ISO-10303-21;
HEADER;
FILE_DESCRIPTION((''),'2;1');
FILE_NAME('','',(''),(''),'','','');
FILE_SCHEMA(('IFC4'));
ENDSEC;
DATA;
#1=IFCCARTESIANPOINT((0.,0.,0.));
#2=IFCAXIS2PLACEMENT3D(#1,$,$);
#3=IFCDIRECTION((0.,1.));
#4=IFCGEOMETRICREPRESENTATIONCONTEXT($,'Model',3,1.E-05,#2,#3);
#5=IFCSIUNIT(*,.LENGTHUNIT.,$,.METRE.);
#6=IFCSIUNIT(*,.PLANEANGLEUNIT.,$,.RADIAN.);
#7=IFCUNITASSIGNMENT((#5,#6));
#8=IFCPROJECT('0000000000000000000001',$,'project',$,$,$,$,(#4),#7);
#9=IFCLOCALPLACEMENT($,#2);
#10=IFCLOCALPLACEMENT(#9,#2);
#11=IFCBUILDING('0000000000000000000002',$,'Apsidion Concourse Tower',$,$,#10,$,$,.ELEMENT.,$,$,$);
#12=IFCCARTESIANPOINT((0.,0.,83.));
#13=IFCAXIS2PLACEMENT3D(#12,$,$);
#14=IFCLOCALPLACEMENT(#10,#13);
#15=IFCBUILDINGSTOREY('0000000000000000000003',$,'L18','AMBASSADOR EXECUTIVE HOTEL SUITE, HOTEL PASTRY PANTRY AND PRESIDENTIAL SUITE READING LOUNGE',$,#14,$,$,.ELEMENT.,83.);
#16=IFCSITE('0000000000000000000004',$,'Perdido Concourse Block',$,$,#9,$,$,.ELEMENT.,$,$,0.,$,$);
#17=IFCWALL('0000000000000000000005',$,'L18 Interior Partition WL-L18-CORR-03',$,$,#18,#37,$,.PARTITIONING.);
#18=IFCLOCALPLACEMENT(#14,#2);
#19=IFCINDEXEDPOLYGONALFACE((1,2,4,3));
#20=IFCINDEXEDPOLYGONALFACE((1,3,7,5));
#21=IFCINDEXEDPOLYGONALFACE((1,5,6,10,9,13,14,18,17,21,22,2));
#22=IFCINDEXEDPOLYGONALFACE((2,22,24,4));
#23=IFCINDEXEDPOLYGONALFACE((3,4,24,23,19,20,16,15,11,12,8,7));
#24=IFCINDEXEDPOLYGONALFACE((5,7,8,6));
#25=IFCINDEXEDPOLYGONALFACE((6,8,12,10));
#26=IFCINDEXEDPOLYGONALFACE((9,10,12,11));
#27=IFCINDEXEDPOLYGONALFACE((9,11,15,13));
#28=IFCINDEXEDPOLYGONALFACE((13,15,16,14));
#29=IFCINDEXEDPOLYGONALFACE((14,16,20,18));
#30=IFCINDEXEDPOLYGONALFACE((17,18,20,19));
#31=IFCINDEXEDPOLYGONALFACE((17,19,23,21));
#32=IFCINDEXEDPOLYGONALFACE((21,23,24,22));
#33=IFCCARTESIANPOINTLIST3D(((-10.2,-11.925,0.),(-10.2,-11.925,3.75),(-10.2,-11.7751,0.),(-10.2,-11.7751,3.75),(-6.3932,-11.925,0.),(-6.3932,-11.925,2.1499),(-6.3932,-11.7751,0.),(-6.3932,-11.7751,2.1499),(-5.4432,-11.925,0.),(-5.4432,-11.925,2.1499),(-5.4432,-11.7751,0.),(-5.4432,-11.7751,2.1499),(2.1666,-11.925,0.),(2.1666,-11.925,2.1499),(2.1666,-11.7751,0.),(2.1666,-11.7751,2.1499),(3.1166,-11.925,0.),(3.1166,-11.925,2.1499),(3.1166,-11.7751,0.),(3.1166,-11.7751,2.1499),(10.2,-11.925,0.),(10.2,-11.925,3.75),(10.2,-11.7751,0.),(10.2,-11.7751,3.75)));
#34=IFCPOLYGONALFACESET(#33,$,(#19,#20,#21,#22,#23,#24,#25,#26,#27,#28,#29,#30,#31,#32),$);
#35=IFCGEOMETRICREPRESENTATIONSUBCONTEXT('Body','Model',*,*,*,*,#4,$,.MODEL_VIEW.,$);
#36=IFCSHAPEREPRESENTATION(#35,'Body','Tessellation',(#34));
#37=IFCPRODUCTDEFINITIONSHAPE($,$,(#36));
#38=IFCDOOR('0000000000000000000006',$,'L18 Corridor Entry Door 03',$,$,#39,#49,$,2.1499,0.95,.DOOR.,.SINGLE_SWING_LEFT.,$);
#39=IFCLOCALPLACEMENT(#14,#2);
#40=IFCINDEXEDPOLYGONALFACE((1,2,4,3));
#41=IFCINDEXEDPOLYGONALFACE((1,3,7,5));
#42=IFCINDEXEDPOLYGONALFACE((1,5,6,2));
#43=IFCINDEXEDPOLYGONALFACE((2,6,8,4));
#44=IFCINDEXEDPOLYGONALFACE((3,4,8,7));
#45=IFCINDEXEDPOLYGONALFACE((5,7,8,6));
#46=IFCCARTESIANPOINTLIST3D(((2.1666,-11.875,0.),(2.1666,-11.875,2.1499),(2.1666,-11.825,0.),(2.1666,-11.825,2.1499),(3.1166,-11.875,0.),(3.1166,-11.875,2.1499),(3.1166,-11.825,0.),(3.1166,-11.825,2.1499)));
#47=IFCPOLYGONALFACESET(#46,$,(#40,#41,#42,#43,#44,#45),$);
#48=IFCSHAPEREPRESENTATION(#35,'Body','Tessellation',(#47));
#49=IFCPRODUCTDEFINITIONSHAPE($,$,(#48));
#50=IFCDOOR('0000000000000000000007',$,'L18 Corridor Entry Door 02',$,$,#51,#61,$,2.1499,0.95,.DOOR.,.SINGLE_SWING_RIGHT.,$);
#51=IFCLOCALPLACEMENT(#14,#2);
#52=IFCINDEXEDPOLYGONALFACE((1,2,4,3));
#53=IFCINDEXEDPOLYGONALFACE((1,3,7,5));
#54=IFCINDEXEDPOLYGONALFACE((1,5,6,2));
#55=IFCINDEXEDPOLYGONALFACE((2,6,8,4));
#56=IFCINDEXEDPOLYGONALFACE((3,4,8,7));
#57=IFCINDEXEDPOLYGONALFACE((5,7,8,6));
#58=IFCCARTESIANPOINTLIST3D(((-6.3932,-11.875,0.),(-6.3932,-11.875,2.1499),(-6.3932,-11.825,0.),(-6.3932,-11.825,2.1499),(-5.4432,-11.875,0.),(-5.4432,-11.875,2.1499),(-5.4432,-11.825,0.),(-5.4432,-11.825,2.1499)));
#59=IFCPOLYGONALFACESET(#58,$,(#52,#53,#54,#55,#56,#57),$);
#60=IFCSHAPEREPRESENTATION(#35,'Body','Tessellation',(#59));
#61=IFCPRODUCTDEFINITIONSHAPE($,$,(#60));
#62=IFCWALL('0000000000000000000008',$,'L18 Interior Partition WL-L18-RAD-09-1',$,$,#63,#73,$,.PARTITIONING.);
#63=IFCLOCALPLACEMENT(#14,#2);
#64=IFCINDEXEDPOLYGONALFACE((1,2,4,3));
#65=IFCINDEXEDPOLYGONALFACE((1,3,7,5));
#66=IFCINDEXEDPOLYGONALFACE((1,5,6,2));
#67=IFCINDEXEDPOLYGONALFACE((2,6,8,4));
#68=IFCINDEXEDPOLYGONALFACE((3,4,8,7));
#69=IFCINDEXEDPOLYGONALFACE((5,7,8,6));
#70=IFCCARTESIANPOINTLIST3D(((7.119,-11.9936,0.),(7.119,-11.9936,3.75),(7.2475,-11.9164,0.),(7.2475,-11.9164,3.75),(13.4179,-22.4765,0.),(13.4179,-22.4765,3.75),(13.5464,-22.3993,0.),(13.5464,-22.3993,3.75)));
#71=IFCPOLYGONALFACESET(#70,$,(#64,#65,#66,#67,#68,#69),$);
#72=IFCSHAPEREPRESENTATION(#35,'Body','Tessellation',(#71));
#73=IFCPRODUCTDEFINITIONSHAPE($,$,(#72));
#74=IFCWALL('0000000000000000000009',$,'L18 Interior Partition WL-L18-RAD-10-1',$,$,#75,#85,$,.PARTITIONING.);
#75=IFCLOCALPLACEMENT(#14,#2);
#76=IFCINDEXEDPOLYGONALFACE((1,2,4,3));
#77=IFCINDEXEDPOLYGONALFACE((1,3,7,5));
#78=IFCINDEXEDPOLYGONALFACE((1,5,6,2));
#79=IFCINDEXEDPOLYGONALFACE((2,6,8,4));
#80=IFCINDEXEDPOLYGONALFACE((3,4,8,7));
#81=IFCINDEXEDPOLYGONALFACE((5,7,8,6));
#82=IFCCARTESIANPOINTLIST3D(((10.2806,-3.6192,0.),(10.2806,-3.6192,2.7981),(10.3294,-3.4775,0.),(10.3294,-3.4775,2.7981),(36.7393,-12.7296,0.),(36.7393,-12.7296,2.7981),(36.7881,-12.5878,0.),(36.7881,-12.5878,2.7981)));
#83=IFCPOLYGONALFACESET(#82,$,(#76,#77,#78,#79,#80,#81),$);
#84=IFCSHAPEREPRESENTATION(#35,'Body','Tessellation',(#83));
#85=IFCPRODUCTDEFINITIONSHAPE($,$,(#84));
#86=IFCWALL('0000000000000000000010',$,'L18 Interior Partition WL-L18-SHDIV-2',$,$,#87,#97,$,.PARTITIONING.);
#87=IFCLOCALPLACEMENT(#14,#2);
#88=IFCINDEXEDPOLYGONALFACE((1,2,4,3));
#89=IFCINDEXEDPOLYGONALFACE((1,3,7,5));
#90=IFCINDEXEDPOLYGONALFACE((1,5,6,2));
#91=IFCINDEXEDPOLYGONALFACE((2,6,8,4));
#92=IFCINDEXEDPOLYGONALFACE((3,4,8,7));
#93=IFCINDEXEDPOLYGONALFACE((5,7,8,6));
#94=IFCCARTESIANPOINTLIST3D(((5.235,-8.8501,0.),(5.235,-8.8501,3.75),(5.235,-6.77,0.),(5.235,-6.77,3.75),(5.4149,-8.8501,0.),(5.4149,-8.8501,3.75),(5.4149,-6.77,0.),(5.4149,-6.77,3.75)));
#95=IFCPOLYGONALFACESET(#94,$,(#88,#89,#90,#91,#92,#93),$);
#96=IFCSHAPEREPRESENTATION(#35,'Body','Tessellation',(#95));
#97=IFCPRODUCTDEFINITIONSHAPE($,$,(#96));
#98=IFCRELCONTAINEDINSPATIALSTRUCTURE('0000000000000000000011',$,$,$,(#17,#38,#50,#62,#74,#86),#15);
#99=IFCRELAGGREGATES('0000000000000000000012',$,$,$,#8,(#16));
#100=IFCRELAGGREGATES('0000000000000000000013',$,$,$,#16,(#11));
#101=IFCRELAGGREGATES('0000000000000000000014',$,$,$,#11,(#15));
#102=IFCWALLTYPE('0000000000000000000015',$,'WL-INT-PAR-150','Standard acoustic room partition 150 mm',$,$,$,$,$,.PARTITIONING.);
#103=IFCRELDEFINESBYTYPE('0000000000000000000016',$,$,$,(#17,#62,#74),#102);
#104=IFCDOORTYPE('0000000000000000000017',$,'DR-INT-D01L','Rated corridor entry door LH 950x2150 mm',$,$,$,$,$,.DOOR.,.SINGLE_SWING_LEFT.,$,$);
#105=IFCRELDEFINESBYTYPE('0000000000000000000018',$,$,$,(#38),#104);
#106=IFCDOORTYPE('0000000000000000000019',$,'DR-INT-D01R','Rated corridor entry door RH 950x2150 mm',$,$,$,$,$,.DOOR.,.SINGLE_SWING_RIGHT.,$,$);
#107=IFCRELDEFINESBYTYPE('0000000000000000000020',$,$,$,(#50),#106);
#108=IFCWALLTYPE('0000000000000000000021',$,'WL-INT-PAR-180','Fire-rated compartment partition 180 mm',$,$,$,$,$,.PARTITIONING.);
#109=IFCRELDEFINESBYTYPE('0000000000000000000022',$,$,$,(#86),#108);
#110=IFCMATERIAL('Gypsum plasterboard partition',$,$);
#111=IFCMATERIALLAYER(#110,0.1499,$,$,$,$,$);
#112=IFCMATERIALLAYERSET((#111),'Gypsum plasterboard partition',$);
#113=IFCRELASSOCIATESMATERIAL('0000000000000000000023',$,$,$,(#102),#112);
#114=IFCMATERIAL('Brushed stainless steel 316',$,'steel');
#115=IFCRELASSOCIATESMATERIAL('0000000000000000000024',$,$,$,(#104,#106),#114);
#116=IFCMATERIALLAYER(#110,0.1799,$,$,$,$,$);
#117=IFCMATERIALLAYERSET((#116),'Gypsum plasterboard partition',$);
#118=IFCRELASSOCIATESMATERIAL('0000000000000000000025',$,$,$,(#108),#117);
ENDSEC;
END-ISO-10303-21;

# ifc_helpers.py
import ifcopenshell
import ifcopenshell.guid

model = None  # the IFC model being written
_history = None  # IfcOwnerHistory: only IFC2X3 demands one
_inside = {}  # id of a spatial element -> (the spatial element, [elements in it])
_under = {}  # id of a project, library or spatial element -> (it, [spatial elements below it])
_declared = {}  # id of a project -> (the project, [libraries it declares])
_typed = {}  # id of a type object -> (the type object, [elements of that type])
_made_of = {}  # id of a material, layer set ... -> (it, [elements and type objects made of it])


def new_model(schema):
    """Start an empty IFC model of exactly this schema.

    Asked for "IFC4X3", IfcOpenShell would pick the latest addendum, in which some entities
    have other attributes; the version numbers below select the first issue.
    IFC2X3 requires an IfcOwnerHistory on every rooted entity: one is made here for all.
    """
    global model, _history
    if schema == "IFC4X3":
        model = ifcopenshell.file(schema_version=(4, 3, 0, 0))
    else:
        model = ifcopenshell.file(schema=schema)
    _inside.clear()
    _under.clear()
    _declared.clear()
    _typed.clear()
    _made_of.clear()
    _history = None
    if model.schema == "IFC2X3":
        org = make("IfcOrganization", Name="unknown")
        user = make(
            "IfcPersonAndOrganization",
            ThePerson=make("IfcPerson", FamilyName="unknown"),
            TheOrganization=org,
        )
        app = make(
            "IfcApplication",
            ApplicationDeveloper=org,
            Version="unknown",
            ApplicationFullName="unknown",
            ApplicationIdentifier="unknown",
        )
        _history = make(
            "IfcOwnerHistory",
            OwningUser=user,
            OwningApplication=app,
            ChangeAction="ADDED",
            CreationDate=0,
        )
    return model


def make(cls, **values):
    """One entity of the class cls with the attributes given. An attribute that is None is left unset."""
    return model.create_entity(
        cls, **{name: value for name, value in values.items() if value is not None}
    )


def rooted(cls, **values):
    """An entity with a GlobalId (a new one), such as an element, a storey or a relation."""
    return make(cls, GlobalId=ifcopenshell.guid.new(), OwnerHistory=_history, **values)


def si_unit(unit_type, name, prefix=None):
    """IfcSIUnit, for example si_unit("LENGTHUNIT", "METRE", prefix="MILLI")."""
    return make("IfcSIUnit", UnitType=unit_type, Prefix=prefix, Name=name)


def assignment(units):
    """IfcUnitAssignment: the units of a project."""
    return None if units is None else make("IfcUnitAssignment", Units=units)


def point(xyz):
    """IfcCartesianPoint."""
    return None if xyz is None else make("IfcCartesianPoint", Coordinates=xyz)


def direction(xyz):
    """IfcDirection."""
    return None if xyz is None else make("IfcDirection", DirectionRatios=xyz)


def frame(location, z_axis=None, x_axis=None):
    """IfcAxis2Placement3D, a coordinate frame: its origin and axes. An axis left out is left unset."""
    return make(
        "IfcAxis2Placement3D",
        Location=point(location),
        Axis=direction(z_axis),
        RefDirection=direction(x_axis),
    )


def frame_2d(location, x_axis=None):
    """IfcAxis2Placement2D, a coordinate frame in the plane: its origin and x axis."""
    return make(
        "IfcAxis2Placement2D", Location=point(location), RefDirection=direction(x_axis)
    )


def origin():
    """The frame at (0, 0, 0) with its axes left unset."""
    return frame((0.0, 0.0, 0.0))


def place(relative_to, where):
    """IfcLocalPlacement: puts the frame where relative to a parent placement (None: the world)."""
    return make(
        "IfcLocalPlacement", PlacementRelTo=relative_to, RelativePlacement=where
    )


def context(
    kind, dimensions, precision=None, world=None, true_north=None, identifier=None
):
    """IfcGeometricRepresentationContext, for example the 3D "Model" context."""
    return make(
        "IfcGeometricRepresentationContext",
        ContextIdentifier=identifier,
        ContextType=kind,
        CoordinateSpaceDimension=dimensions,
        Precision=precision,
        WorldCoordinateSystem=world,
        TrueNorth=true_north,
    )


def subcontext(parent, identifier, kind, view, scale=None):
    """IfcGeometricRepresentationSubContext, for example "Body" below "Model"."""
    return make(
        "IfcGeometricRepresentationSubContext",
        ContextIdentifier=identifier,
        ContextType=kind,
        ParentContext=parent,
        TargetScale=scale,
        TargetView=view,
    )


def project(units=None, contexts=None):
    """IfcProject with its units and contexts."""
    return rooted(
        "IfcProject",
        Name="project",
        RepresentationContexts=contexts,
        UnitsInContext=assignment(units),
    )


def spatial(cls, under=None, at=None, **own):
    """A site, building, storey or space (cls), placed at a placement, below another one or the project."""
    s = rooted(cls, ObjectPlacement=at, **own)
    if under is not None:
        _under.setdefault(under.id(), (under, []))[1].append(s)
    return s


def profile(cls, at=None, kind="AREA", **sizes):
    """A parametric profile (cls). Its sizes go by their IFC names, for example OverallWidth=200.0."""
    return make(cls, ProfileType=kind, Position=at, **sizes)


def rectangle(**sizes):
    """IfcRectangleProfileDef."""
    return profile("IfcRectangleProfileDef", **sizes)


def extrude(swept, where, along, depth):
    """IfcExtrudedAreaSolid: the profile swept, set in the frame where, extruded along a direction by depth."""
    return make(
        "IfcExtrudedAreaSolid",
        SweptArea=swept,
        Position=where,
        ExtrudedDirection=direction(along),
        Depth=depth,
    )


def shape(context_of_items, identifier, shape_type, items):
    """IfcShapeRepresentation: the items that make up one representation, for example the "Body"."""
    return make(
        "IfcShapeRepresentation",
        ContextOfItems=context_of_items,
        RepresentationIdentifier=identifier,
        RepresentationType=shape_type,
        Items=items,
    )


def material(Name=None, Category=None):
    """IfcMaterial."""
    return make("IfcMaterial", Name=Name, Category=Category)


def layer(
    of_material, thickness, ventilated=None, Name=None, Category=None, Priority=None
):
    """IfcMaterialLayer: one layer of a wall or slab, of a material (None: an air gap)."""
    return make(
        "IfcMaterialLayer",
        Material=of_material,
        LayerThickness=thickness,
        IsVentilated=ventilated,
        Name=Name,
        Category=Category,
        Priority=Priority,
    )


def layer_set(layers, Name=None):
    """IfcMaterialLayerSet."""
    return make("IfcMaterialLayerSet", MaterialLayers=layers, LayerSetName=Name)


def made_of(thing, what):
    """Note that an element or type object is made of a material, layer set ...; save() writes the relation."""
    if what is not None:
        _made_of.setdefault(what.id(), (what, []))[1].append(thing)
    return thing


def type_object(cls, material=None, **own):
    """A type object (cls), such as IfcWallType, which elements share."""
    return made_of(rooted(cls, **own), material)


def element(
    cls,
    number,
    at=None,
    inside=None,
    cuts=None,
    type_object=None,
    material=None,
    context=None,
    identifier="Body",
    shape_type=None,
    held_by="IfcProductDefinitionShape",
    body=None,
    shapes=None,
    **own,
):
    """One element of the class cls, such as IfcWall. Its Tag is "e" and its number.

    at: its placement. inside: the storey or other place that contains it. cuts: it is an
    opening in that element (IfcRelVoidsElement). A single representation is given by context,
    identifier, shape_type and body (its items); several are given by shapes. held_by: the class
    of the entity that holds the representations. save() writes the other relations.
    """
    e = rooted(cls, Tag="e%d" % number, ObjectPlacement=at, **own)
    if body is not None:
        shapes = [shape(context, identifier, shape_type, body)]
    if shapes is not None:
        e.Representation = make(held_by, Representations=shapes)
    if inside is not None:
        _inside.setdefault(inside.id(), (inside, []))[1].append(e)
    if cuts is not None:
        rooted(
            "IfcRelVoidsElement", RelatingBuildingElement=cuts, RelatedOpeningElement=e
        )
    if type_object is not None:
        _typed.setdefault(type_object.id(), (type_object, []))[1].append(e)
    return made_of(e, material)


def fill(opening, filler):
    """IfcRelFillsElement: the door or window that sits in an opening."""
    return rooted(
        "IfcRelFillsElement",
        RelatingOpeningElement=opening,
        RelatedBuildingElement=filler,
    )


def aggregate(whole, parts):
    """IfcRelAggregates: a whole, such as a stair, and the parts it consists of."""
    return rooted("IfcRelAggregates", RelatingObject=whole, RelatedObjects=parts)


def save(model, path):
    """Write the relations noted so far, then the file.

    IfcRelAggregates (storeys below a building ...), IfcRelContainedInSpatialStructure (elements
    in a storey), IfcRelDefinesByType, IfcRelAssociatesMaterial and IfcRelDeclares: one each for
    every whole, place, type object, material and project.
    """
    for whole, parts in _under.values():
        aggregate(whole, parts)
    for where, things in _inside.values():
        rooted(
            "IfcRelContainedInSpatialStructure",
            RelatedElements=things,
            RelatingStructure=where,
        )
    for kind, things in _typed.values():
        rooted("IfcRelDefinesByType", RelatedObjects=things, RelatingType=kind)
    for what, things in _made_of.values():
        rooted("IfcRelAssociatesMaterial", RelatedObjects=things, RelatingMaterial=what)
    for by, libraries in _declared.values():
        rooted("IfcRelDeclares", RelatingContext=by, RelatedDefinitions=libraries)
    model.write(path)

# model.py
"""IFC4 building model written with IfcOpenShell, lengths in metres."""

from ifc_helpers import new_model, si_unit, direction, frame, frame_2d, origin, place, context, subcontext, project, spatial, rectangle, extrude, material, layer, layer_set, type_object, element, fill, save


model = new_model("IFC4")

# Units and contexts
model_context = context("Model", 3, precision=1e-05, world=origin(), true_north=direction((0.0, 1.0)))
body_context = subcontext(model_context, "Body", "Model", "MODEL_VIEW")
ifc_project = project(units=[si_unit("LENGTHUNIT", "METRE"), si_unit("PLANEANGLEUNIT", "RADIAN")], contexts=[model_context])

# Site, building, storey
site_placement = place(None, origin())
site = spatial("IfcSite", under=ifc_project, at=site_placement, Name="Perdido Concourse Block", CompositionType="ELEMENT", RefElevation=0.0)
building_placement = place(site_placement, origin())
building = spatial("IfcBuilding", under=site, at=building_placement, Name="Apsidion Concourse Tower", CompositionType="ELEMENT")
storey_placement = place(building_placement, frame((0.0, 0.0, 83.0)))
storey = spatial("IfcBuildingStorey", under=building, at=storey_placement, Name="L18", Description="AMBASSADOR EXECUTIVE HOTEL SUITE, HOTEL PASTRY PANTRY AND PRESIDENTIAL SUITE READING LOUNGE", CompositionType="ELEMENT", Elevation=83.0)

# Wall, openings, doors
ifc_material_1 = material(Name="Gypsum plasterboard partition")
ifc_layer_1 = layer(ifc_material_1, 0.1499)
ifc_layer_set_1 = layer_set([ifc_layer_1], Name="Gypsum plasterboard partition")
wall_type_1 = type_object("IfcWallType", Name="WL-INT-PAR-150", Description="Standard acoustic room partition 150 mm", PredefinedType="PARTITIONING", material=ifc_layer_set_1)
wall_1_placement = place(storey_placement, frame((10.2, -11.8501, 0.0), z_axis=(0.0, 0.0, 1.0), x_axis=(-1.0, 0.0, 0.0)))
wall_1 = element("IfcWall", 1, at=wall_1_placement, inside=storey, type_object=wall_type_1, Name="L18 Interior Partition WL-L18-CORR-03", PredefinedType="PARTITIONING", context=body_context, shape_type="SweptSolid", body=[
    extrude(rectangle(XDim=20.3999, YDim=0.1499, at=frame_2d((10.2, 0.0))), origin(), (0.0, 0.0, 1.0), 3.75),
])
opening_1_placement = place(wall_1_placement, frame((15.6431, 0.0, 0.0)))
opening_1 = element("IfcOpeningElement", 2, at=opening_1_placement, cuts=wall_1, PredefinedType="OPENING", context=body_context, shape_type="SweptSolid", body=[
    extrude(rectangle(XDim=0.95, YDim=2.1499, at=frame_2d((0.4751, 1.075))), frame((0.0, 0.085, 0.0), z_axis=(0.0, -1.0, 0.0), x_axis=(1.0, 0.0, 0.0)), (0.0, 0.0, 1.0), 0.1699),
])
opening_2_placement = place(wall_1_placement, frame((7.0833, 0.0, 0.0)))
opening_2 = element("IfcOpeningElement", 3, at=opening_2_placement, cuts=wall_1, PredefinedType="OPENING", context=body_context, shape_type="SweptSolid", body=[
    extrude(rectangle(XDim=0.95, YDim=2.1499, at=frame_2d((0.4751, 1.075))), frame((0.0, 0.085, 0.0), z_axis=(0.0, -1.0, 0.0), x_axis=(1.0, 0.0, 0.0)), (0.0, 0.0, 1.0), 0.1699),
])
ifc_material_2 = material(Name="Brushed stainless steel 316", Category="steel")
door_type_1 = type_object("IfcDoorType", Name="DR-INT-D01L", Description="Rated corridor entry door LH 950x2150 mm", OperationType="SINGLE_SWING_LEFT", PredefinedType="DOOR", material=ifc_material_2)
door_1_placement = place(opening_2_placement, origin())
door_1 = element("IfcDoor", 4, at=door_1_placement, inside=storey, type_object=door_type_1, Name="L18 Corridor Entry Door 03", OperationType="SINGLE_SWING_LEFT", OverallHeight=2.1499, OverallWidth=0.95, PredefinedType="DOOR", context=body_context, shape_type="SweptSolid", body=[
    extrude(rectangle(XDim=0.95, YDim=2.1499, at=frame_2d((0.4751, 1.075))), frame((0.0, 0.0249, 0.0), z_axis=(0.0, -1.0, 0.0), x_axis=(1.0, 0.0, 0.0)), (0.0, 0.0, 1.0), 0.05),
])
fill(opening_2, door_1)
door_type_2 = type_object("IfcDoorType", Name="DR-INT-D01R", Description="Rated corridor entry door RH 950x2150 mm", OperationType="SINGLE_SWING_RIGHT", PredefinedType="DOOR", material=ifc_material_2)
door_2_placement = place(opening_1_placement, origin())
door_2 = element("IfcDoor", 5, at=door_2_placement, inside=storey, type_object=door_type_2, Name="L18 Corridor Entry Door 02", OperationType="SINGLE_SWING_RIGHT", OverallHeight=2.1499, OverallWidth=0.95, PredefinedType="DOOR", context=body_context, shape_type="SweptSolid", body=[
    extrude(rectangle(XDim=0.95, YDim=2.1499, at=frame_2d((0.4751, 1.075))), frame((0.0, 0.0249, 0.0), z_axis=(0.0, -1.0, 0.0), x_axis=(1.0, 0.0, 0.0)), (0.0, 0.0, 1.0), 0.05),
])
fill(opening_1, door_2)

# Walls
wall_2_placement = place(storey_placement, frame((7.1833, -11.9551, 0.0), z_axis=(0.0, 0.0, 1.0), x_axis=(0.515042, -0.857165, 0.0)))
element("IfcWall", 6, at=wall_2_placement, inside=storey, type_object=wall_type_1, Name="L18 Interior Partition WL-L18-RAD-09-1", PredefinedType="PARTITIONING", context=body_context, shape_type="SweptSolid", body=[
    extrude(rectangle(XDim=12.2297, YDim=0.1499, at=frame_2d((6.1147, 0.0))), origin(), (0.0, 0.0, 1.0), 3.75),
])
wall_3_placement = place(storey_placement, frame((10.3049, -3.5483, 0.0), z_axis=(0.0, 0.0, 1.0), x_axis=(0.94552, -0.325564, 0.0)))
element("IfcWall", 7, at=wall_3_placement, inside=storey, type_object=wall_type_1, Name="L18 Interior Partition WL-L18-RAD-10-1", PredefinedType="PARTITIONING", context=body_context, shape_type="SweptSolid", body=[
    extrude(rectangle(XDim=27.9832, YDim=0.1499, at=frame_2d((13.9917, 0.0))), origin(), (0.0, 0.0, 1.0), 2.7981),
])
ifc_layer_2 = layer(ifc_material_1, 0.1799)
ifc_layer_set_2 = layer_set([ifc_layer_2], Name="Gypsum plasterboard partition")
wall_type_2 = type_object("IfcWallType", Name="WL-INT-PAR-180", Description="Fire-rated compartment partition 180 mm", PredefinedType="PARTITIONING", material=ifc_layer_set_2)
wall_4_placement = place(storey_placement, frame((5.325, -8.8501, 0.0), z_axis=(0.0, 0.0, 1.0), x_axis=(0.0, 1.0, 0.0)))
element("IfcWall", 8, at=wall_4_placement, inside=storey, type_object=wall_type_2, Name="L18 Interior Partition WL-L18-SHDIV-2", PredefinedType="PARTITIONING", context=body_context, shape_type="SweptSolid", body=[
    extrude(rectangle(XDim=2.0801, YDim=0.1799, at=frame_2d((1.04, 0.0))), origin(), (0.0, 0.0, 1.0), 3.75),
])

save(model, "model.ifc")
